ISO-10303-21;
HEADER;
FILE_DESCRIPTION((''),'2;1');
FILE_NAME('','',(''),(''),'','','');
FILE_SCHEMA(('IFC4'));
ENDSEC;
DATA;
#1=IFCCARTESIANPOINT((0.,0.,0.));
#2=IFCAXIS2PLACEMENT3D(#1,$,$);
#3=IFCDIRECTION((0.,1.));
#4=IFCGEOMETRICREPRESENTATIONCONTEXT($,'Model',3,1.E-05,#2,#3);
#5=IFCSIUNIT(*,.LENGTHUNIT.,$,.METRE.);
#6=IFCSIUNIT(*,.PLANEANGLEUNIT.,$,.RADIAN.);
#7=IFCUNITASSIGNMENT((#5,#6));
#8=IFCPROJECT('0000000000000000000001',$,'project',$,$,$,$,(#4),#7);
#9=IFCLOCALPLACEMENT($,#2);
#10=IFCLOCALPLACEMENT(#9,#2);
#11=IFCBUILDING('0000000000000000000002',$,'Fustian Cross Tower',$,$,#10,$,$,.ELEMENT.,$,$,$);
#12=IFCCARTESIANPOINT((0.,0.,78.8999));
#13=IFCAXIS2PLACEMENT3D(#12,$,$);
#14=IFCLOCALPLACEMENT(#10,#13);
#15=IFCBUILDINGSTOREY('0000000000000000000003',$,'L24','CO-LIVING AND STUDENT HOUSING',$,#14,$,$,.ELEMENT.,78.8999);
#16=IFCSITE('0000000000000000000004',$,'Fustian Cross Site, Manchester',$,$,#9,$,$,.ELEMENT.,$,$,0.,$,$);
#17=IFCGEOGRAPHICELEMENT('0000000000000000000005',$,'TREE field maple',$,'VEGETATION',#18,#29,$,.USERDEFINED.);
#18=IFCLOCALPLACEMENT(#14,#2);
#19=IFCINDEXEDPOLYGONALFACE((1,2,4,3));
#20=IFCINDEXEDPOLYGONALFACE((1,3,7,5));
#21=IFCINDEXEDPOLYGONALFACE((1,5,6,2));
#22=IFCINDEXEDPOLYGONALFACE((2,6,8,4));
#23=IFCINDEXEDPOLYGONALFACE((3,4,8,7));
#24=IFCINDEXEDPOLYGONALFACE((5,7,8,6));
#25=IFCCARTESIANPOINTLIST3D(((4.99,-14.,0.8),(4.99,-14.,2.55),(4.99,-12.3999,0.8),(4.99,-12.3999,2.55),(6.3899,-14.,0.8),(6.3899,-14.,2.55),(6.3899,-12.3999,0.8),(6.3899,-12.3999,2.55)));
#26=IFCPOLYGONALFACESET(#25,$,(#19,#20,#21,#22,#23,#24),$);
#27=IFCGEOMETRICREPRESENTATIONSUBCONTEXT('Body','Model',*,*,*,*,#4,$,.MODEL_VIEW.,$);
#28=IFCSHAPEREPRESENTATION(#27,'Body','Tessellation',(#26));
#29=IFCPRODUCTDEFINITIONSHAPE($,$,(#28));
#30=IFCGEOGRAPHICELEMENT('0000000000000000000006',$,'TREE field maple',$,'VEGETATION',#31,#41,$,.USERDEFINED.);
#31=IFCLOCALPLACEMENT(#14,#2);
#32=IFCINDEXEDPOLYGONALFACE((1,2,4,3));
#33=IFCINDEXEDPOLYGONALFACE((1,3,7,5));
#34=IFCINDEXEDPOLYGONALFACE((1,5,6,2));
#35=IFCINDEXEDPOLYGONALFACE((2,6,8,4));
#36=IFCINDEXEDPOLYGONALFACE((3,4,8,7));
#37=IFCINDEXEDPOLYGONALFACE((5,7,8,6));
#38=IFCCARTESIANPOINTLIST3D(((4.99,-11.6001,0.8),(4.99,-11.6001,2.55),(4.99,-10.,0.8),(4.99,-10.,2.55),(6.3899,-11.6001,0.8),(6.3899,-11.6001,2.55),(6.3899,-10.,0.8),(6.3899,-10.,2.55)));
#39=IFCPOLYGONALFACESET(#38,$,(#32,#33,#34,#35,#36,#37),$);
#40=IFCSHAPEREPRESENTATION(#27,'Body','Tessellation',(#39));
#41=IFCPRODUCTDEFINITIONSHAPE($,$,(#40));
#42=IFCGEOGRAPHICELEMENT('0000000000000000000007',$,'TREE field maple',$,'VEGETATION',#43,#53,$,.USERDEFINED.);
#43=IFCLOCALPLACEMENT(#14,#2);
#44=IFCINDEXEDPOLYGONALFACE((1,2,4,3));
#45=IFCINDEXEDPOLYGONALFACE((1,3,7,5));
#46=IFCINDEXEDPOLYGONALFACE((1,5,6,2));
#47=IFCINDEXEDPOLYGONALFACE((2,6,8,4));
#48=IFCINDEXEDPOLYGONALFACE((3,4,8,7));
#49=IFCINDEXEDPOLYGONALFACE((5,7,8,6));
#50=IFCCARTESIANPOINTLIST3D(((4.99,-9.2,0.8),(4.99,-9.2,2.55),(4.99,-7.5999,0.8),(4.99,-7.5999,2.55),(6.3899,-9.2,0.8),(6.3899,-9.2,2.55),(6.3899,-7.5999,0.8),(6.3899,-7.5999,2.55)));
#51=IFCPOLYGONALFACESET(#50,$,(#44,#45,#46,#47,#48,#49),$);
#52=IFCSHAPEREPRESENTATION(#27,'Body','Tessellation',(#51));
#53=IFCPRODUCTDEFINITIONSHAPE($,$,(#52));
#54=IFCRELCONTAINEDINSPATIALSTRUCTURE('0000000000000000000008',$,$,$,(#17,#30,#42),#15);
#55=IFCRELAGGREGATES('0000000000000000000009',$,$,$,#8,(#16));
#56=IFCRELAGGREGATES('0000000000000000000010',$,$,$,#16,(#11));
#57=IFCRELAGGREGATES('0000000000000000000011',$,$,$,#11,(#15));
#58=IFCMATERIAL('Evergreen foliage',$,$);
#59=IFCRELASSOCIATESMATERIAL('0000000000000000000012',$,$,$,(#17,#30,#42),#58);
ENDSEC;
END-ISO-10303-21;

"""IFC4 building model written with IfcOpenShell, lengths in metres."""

from ifc_helpers import new_model, si_unit, direction, frame, origin, origin_2d, place, context, subcontext, project, spatial, rectangle, extrude, material, element, save


model = new_model("IFC4")

# Units and contexts
model_context = context("Model", 3, precision=1e-05, world=origin(), true_north=direction((0.0, 1.0)))
body_context = subcontext(model_context, "Body", "Model", "MODEL_VIEW")
ifc_project = project(units=[si_unit("LENGTHUNIT", "METRE"), si_unit("PLANEANGLEUNIT", "RADIAN")], contexts=[model_context])

# Site, building, storey
site_placement = place(None, origin())
site = spatial("IfcSite", under=ifc_project, at=site_placement, Name="Fustian Cross Site, Manchester", CompositionType="ELEMENT", RefElevation=0.0)
building_placement = place(site_placement, origin())
building = spatial("IfcBuilding", under=site, at=building_placement, Name="Fustian Cross Tower", CompositionType="ELEMENT")
storey_placement = place(building_placement, frame((0.0, 0.0, 78.8999)))
storey = spatial("IfcBuildingStorey", under=building, at=storey_placement, Name="L24", Description="CO-LIVING AND STUDENT HOUSING", CompositionType="ELEMENT", Elevation=78.8999)

# Geographic elements
ifc_material_1 = material(Name="Evergreen foliage")
for number, where, z_axis, x_axis, name in (
    (1, (5.6899, -13.2, 0.8), (0.0, 0.0, 1.0), (1.0, 0.0, 0.0), "TREE field maple"),
    (2, (5.6899, -10.8, 0.8), (0.0, 0.0, 1.0), (1.0, 0.0, 0.0), "TREE field maple"),
    (3, (5.6899, -8.3999, 0.8), (0.0, 0.0, 1.0), (1.0, 0.0, 0.0), "TREE field maple"),
):
    element("IfcGeographicElement", number, at=place(storey_placement, frame(where, z_axis=z_axis, x_axis=x_axis)), inside=storey, material=ifc_material_1, Name=name, ObjectType="VEGETATION", PredefinedType="USERDEFINED", context=body_context, shape_type="SweptSolid", body=[
        extrude(rectangle(XDim=1.3999, YDim=1.6001, at=origin_2d()), origin(), (0.0, 0.0, 1.0), 1.75),
    ])

save(model, "model.ifc")
